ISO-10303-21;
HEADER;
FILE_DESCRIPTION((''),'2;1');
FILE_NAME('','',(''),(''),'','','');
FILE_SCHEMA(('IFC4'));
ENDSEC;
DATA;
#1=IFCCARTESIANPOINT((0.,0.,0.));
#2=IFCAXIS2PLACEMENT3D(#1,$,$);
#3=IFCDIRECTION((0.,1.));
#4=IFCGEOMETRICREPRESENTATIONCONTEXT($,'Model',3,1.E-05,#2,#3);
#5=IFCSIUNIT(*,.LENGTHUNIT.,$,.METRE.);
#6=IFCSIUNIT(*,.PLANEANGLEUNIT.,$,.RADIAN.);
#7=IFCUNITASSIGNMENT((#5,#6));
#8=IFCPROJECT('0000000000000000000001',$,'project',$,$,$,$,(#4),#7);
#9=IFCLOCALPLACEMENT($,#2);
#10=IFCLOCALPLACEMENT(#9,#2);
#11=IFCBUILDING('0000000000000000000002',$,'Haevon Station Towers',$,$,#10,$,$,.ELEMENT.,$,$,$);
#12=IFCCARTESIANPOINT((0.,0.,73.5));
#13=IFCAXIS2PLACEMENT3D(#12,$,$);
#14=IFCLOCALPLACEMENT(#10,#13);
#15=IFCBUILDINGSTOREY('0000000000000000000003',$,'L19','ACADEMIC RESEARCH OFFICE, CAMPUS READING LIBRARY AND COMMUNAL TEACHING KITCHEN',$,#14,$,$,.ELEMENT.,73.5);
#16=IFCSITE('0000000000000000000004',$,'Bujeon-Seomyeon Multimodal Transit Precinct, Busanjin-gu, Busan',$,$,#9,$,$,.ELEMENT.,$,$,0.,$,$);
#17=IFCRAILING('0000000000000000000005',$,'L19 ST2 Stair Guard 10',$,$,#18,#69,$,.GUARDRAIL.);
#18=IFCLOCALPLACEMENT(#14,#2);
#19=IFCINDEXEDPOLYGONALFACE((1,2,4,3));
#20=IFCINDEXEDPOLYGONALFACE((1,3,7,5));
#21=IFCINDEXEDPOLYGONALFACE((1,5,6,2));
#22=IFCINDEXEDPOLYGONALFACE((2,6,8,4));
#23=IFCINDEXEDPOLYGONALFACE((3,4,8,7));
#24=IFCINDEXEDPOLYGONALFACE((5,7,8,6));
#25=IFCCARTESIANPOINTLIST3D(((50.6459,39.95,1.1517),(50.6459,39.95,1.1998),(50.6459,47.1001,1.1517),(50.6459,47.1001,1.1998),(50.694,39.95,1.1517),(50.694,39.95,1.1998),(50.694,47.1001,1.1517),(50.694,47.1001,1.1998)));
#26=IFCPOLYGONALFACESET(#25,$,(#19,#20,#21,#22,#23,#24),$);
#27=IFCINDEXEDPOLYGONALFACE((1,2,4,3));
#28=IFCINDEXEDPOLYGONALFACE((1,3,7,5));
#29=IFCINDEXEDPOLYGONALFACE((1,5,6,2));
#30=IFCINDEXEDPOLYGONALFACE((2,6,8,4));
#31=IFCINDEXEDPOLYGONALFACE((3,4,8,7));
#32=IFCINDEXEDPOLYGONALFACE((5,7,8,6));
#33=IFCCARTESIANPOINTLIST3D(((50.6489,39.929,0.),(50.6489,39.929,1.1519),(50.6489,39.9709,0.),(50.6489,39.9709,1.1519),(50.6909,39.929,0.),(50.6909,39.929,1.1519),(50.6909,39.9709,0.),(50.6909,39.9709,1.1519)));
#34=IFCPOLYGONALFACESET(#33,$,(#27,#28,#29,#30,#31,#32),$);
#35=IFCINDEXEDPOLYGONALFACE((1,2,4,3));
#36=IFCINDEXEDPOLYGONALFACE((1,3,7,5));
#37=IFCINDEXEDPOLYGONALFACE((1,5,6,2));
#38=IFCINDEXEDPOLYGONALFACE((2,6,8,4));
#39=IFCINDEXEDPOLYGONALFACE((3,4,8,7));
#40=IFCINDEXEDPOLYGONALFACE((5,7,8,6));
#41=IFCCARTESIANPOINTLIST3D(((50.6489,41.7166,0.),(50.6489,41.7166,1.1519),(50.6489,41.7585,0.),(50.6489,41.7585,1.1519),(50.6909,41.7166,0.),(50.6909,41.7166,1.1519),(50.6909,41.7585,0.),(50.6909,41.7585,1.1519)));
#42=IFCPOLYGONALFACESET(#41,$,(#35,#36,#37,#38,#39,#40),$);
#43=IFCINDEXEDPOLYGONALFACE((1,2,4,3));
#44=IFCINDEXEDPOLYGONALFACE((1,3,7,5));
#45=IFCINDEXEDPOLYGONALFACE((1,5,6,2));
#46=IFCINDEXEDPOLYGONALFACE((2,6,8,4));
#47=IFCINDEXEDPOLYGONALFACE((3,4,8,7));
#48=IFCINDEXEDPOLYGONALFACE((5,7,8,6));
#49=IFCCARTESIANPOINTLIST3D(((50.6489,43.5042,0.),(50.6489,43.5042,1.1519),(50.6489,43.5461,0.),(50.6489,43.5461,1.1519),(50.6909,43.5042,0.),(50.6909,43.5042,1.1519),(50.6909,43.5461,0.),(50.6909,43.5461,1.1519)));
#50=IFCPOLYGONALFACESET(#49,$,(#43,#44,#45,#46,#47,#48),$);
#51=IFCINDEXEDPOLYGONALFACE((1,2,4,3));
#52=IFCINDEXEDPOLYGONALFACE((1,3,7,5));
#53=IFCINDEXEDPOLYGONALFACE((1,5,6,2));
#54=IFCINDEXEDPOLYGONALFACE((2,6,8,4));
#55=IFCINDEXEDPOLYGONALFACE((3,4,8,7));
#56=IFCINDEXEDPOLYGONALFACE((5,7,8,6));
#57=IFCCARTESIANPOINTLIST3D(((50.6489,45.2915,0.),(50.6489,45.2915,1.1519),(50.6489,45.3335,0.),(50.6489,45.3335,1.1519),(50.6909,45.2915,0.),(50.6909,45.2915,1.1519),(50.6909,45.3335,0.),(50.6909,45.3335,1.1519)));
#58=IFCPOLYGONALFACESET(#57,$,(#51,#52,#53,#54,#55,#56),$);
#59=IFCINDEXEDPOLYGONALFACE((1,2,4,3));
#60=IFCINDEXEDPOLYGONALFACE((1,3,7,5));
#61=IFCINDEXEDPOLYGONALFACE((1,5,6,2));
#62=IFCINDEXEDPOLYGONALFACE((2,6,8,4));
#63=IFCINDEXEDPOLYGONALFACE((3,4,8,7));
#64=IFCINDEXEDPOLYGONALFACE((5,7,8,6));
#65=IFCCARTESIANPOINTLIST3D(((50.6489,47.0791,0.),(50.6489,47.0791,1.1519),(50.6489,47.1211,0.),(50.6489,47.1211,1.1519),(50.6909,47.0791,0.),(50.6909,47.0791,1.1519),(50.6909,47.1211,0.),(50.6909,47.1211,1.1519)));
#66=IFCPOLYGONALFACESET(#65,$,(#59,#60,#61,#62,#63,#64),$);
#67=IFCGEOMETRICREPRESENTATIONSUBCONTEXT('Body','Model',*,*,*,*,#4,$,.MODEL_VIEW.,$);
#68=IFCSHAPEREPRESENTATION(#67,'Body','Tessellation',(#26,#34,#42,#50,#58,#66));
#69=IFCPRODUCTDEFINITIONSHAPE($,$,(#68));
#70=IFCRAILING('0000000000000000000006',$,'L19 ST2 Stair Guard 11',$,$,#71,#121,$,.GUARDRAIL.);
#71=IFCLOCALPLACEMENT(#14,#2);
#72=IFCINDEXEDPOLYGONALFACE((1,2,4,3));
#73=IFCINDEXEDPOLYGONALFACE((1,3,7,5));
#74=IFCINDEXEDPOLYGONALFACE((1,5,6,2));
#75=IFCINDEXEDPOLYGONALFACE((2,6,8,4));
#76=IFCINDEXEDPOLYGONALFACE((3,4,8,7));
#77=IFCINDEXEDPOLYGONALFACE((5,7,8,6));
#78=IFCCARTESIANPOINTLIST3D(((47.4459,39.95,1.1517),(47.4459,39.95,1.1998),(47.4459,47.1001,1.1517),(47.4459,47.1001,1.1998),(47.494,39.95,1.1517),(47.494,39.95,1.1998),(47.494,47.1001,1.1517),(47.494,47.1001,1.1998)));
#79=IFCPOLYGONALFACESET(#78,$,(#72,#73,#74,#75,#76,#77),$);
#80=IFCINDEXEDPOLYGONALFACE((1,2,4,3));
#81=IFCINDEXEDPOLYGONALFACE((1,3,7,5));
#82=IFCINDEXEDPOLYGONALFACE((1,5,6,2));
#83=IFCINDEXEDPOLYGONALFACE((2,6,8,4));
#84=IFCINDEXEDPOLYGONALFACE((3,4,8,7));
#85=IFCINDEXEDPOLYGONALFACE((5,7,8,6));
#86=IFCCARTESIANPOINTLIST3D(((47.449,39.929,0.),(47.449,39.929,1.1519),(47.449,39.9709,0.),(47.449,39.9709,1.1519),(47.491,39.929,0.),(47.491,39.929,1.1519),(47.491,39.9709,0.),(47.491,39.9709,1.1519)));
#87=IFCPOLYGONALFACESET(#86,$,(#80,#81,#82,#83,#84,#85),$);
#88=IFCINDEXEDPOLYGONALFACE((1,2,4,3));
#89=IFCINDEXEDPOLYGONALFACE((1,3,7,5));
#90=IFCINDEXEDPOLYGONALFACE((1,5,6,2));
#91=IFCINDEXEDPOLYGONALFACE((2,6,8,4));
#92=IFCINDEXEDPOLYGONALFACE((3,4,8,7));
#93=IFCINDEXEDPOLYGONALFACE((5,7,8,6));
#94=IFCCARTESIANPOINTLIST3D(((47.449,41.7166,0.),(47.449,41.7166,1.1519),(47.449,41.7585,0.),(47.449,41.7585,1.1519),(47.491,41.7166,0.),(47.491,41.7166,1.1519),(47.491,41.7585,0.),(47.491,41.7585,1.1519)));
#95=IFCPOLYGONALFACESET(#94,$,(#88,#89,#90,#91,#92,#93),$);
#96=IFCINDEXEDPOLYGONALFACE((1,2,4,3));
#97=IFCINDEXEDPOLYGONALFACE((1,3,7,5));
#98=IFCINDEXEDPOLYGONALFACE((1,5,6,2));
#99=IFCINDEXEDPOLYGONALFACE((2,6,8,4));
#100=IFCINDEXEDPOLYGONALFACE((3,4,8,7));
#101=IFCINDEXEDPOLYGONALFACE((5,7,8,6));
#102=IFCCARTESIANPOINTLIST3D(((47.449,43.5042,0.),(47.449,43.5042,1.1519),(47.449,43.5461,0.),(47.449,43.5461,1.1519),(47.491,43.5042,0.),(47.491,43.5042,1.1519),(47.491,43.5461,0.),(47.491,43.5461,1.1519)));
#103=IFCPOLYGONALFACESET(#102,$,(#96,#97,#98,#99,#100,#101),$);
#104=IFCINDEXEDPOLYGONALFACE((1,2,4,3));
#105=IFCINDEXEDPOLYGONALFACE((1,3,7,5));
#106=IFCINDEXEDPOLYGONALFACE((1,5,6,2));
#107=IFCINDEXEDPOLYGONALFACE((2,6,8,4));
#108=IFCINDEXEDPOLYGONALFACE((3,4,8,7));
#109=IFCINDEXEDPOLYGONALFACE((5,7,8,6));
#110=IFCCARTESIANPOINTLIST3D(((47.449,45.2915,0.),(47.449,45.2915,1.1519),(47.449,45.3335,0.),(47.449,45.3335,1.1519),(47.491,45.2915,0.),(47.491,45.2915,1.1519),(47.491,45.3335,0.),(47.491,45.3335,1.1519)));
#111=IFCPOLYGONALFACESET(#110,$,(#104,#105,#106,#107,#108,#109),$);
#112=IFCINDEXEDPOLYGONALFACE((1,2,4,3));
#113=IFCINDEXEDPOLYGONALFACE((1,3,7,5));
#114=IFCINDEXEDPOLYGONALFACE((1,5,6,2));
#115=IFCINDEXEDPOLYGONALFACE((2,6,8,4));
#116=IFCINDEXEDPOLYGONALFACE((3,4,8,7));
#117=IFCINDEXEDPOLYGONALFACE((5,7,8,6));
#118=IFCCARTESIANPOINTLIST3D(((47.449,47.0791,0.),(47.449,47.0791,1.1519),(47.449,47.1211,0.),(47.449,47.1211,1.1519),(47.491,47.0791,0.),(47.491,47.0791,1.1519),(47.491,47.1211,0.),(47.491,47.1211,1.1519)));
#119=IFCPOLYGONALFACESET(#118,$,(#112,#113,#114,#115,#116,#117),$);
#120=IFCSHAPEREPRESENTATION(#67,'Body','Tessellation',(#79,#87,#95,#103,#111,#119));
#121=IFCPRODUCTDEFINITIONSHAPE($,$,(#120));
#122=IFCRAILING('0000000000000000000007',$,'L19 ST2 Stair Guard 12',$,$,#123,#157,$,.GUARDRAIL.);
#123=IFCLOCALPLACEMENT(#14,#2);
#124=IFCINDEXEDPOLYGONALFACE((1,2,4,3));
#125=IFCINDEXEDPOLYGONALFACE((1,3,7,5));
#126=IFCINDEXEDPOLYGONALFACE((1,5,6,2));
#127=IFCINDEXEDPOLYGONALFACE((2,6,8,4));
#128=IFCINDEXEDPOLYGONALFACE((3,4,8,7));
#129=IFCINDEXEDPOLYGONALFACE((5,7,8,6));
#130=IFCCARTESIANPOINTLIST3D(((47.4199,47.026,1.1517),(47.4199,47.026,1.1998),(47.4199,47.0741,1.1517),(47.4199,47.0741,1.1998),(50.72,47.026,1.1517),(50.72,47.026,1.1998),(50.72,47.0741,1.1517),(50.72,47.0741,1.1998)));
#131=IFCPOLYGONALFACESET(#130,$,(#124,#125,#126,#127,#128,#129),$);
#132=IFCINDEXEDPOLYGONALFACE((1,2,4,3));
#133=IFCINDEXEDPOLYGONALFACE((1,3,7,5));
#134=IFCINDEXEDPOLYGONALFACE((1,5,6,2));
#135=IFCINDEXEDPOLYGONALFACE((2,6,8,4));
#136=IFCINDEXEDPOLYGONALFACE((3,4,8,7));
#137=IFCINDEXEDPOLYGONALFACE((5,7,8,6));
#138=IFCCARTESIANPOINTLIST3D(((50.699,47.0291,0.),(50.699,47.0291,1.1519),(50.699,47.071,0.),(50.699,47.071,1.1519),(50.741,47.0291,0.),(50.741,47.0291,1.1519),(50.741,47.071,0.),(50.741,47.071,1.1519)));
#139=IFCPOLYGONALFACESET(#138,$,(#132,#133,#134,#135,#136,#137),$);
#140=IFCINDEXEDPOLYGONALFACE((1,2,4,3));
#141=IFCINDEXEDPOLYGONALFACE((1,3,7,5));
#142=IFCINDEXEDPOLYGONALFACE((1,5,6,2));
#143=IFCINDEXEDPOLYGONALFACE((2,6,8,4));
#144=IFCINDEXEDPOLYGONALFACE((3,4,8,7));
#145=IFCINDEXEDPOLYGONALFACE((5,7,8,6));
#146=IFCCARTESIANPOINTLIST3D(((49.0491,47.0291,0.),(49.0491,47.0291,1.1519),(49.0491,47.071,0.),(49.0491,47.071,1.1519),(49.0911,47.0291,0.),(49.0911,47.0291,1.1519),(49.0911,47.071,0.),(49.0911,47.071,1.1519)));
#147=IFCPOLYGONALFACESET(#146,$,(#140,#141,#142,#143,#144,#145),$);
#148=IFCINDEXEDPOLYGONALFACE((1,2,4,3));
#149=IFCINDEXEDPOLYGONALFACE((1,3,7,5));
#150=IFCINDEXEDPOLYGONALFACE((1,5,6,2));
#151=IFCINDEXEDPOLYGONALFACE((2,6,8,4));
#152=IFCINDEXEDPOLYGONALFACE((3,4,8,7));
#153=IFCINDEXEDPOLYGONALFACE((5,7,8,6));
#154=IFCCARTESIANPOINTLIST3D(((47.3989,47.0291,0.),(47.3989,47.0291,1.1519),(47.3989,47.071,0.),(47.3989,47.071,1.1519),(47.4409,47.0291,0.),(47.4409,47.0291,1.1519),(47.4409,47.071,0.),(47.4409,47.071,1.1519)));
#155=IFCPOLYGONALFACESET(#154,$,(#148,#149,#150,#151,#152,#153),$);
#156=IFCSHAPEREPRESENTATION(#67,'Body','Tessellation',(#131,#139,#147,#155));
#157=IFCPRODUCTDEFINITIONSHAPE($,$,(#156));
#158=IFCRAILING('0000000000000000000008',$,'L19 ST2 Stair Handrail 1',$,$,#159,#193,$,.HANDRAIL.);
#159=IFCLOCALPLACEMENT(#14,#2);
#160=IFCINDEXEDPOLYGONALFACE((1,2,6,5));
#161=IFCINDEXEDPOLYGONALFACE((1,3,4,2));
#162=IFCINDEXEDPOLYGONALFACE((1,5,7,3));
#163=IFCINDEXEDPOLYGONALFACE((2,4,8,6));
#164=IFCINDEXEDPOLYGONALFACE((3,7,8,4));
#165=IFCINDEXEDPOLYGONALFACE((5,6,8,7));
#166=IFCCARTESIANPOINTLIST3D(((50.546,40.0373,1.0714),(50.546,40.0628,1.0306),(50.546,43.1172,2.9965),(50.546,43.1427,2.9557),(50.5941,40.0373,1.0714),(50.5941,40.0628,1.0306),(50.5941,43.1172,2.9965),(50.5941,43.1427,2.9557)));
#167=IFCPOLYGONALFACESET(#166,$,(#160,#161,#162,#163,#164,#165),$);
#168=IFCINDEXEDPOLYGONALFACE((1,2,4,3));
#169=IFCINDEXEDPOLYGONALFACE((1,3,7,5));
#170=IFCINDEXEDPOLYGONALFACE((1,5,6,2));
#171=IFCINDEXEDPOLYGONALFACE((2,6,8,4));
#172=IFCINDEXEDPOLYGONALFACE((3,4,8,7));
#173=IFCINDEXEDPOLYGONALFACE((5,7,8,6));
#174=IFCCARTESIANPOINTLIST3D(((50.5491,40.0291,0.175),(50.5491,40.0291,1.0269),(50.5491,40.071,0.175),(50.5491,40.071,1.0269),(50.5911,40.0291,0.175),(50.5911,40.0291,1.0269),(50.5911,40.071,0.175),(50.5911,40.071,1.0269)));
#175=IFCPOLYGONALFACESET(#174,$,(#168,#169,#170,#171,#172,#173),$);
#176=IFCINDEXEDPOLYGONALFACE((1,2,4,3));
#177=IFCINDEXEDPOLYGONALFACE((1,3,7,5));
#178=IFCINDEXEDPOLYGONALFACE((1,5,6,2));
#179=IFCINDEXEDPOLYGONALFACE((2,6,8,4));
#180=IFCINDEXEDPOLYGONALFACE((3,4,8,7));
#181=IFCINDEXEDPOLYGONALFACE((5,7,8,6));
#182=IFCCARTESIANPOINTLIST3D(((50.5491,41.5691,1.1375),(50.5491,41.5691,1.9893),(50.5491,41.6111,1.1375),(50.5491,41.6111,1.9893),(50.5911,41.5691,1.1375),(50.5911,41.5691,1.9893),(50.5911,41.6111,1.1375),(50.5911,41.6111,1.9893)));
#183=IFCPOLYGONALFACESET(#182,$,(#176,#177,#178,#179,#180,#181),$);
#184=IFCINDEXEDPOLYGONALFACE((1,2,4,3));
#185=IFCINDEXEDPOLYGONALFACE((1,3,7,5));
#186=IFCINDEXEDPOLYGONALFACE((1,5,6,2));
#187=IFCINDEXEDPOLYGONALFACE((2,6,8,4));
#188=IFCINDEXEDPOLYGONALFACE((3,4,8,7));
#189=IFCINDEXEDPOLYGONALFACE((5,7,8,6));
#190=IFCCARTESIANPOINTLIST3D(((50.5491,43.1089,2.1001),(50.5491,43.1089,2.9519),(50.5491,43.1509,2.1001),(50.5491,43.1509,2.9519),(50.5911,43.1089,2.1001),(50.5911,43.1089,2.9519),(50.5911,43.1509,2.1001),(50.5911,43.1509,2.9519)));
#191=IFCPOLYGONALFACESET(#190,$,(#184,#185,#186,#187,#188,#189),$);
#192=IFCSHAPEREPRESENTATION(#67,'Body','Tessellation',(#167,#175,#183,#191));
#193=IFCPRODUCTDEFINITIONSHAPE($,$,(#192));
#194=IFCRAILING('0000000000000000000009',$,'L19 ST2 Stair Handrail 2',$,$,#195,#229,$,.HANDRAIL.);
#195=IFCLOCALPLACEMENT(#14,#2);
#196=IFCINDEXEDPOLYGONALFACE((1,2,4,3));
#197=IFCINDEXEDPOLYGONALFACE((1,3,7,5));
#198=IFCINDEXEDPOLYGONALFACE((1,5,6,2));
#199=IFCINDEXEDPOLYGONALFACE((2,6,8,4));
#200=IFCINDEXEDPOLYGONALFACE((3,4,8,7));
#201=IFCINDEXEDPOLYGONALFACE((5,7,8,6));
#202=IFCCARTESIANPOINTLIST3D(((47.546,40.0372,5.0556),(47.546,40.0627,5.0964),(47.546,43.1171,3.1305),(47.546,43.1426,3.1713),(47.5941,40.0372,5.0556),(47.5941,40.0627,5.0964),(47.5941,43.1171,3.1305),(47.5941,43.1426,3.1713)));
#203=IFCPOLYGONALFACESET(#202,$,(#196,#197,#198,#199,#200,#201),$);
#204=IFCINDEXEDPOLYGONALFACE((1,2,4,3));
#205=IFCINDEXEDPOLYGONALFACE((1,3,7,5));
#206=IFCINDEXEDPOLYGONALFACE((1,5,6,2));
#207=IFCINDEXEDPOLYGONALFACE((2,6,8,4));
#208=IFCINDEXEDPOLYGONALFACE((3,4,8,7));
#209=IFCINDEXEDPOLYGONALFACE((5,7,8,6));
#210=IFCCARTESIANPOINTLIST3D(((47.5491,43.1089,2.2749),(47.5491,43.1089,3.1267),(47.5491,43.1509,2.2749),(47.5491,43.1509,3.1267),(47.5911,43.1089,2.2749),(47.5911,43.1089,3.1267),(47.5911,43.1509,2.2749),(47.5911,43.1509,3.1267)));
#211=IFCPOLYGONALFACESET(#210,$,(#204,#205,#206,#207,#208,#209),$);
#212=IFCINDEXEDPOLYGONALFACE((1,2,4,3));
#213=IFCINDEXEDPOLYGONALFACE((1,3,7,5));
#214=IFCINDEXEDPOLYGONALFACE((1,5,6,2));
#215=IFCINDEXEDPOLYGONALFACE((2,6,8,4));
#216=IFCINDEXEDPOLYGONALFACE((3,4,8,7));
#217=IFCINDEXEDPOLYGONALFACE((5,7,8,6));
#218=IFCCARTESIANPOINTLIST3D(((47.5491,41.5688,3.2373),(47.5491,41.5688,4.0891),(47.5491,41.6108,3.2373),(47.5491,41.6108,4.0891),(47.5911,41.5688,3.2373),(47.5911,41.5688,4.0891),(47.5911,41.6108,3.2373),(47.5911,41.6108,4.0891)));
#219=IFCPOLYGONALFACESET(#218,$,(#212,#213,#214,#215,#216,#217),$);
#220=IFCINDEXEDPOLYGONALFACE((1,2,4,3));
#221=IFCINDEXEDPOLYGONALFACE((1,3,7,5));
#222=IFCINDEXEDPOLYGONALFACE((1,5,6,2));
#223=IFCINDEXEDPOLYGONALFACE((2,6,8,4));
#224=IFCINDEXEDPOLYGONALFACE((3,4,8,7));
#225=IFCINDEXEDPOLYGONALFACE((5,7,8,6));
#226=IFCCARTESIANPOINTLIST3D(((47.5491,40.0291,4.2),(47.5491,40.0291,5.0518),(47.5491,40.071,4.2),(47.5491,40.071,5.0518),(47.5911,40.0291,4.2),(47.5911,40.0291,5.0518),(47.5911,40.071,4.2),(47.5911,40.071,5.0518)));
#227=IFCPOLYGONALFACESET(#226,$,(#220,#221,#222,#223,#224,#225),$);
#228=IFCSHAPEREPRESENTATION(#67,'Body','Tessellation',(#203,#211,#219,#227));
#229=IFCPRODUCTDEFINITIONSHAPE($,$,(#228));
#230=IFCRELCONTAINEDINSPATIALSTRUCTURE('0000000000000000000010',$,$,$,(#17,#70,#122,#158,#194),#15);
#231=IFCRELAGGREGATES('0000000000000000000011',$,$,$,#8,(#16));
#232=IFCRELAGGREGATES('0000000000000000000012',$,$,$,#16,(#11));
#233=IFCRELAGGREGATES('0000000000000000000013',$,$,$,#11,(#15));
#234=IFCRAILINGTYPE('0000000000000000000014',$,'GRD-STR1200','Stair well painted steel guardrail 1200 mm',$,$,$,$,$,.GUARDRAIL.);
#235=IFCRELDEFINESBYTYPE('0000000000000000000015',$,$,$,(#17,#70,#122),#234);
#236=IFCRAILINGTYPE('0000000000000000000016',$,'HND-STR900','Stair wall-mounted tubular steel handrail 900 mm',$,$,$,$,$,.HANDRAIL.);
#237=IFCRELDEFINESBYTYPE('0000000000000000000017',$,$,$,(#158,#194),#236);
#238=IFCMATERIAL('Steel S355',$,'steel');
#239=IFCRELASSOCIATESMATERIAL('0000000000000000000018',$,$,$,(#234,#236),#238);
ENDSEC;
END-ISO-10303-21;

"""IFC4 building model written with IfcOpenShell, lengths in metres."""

from ifc_helpers import new_model, si_unit, direction, frame, origin, origin_2d, place, context, subcontext, project, spatial, rectangle, extrude, material, type_object, element, save


model = new_model("IFC4")

# Units and contexts
model_context = context("Model", 3, precision=1e-05, world=origin(), true_north=direction((0.0, 1.0)))
body_context = subcontext(model_context, "Body", "Model", "MODEL_VIEW")
ifc_project = project(units=[si_unit("LENGTHUNIT", "METRE"), si_unit("PLANEANGLEUNIT", "RADIAN")], contexts=[model_context])

# Site, building, storey
site_placement = place(None, origin())
site = spatial("IfcSite", under=ifc_project, at=site_placement, Name="Bujeon-Seomyeon Multimodal Transit Precinct, Busanjin-gu, Busan", CompositionType="ELEMENT", RefElevation=0.0)
building_placement = place(site_placement, origin())
building = spatial("IfcBuilding", under=site, at=building_placement, Name="Haevon Station Towers", CompositionType="ELEMENT")
storey_placement = place(building_placement, frame((0.0, 0.0, 73.5)))
storey = spatial("IfcBuildingStorey", under=building, at=storey_placement, Name="L19", Description="ACADEMIC RESEARCH OFFICE, CAMPUS READING LIBRARY AND COMMUNAL TEACHING KITCHEN", CompositionType="ELEMENT", Elevation=73.5)

# Shared definitions
ifc_material_1 = material(Name="Steel S355", Category="steel")

# Railings
railing_type_1 = type_object("IfcRailingType", Name="GRD-STR1200", Description="Stair well painted steel guardrail 1200 mm", PredefinedType="GUARDRAIL", material=ifc_material_1)
for number, where, name in (
    (1, (50.6699, 39.95, 0.0), "L19 ST2 Stair Guard 10"),
    (2, (47.47, 39.95, 0.0), "L19 ST2 Stair Guard 11"),
):
    element("IfcRailing", number, at=place(storey_placement, frame(where)), inside=storey, type_object=railing_type_1, Name=name, PredefinedType="GUARDRAIL", context=body_context, shape_type="SweptSolid", body=[
        extrude(rectangle(XDim=0.0481, YDim=0.0481, at=origin_2d()), frame((0.0, 0.0, 1.1758), z_axis=(0.0, 1.0, 0.0), x_axis=(-1.0, 0.0, 0.0)), (0.0, 0.0, 1.0), 7.1501),
        extrude(rectangle(XDim=0.042, YDim=0.042, at=origin_2d()), origin(), (0.0, 0.0, 1.0), 1.1519),
        extrude(rectangle(XDim=0.042, YDim=0.042, at=origin_2d()), frame((0.0, 1.7876, 0.0)), (0.0, 0.0, 1.0), 1.1519),
        extrude(rectangle(XDim=0.042, YDim=0.042, at=origin_2d()), frame((0.0, 3.5752, 0.0)), (0.0, 0.0, 1.0), 1.1519),
        extrude(rectangle(XDim=0.042, YDim=0.042, at=origin_2d()), frame((0.0, 5.3625, 0.0)), (0.0, 0.0, 1.0), 1.1519),
        extrude(rectangle(XDim=0.042, YDim=0.042, at=origin_2d()), frame((0.0, 7.1501, 0.0)), (0.0, 0.0, 1.0), 1.1519),
    ])
railing_1_placement = place(storey_placement, frame((50.72, 47.05, 0.0)))
element("IfcRailing", 3, at=railing_1_placement, inside=storey, type_object=railing_type_1, Name="L19 ST2 Stair Guard 12", PredefinedType="GUARDRAIL", context=body_context, shape_type="SweptSolid", body=[
    extrude(rectangle(XDim=0.0481, YDim=0.0481, at=origin_2d()), frame((0.0, 0.0, 1.1758), z_axis=(-1.0, 0.0, 0.0), x_axis=(0.0, -1.0, 0.0)), (0.0, 0.0, 1.0), 3.3),
    extrude(rectangle(XDim=0.042, YDim=0.042, at=origin_2d()), origin(), (0.0, 0.0, 1.0), 1.1519),
    extrude(rectangle(XDim=0.042, YDim=0.042, at=origin_2d()), frame((-1.6499, 0.0, 0.0)), (0.0, 0.0, 1.0), 1.1519),
    extrude(rectangle(XDim=0.042, YDim=0.042, at=origin_2d()), frame((-3.3, 0.0, 0.0)), (0.0, 0.0, 1.0), 1.1519),
])
railing_type_2 = type_object("IfcRailingType", Name="HND-STR900", Description="Stair wall-mounted tubular steel handrail 900 mm", PredefinedType="HANDRAIL", material=ifc_material_1)
railing_2_placement = place(storey_placement, frame((50.5701, 40.05, 0.175)))
element("IfcRailing", 4, at=railing_2_placement, inside=storey, type_object=railing_type_2, Name="L19 ST2 Stair Handrail 1", PredefinedType="HANDRAIL", context=body_context, shape_type="SweptSolid", body=[
    extrude(rectangle(XDim=0.0481, YDim=0.0481, at=origin_2d()), frame((0.0, 0.0, 0.876), z_axis=(0.0, 0.847979, 0.530029), x_axis=(-1.0, 0.0, 0.0)), (0.0, 0.0, 1.0), 3.6321),
    extrude(rectangle(XDim=0.042, YDim=0.042, at=origin_2d()), origin(), (0.0, 0.0, 1.0), 0.8518),
    extrude(rectangle(XDim=0.042, YDim=0.042, at=origin_2d()), frame((0.0, 1.54, 0.9624)), (0.0, 0.0, 1.0), 0.8518),
    extrude(rectangle(XDim=0.042, YDim=0.042, at=origin_2d()), frame((0.0, 3.0798, 1.925)), (0.0, 0.0, 1.0), 0.8518),
])
railing_3_placement = place(storey_placement, frame((47.5701, 43.1299, 2.2749)))
element("IfcRailing", 5, at=railing_3_placement, inside=storey, type_object=railing_type_2, Name="L19 ST2 Stair Handrail 2", PredefinedType="HANDRAIL", context=body_context, shape_type="SweptSolid", body=[
    extrude(rectangle(XDim=0.0481, YDim=0.0481, at=origin_2d()), frame((0.0, 0.0, 0.876), z_axis=(0.0, -0.847979, 0.530029), x_axis=(1.0, 0.0, 0.0)), (0.0, 0.0, 1.0), 3.6321),
    extrude(rectangle(XDim=0.042, YDim=0.042, at=origin_2d()), origin(), (0.0, 0.0, 1.0), 0.8518),
    extrude(rectangle(XDim=0.042, YDim=0.042, at=origin_2d()), frame((0.0, -1.54, 0.9624)), (0.0, 0.0, 1.0), 0.8518),
    extrude(rectangle(XDim=0.042, YDim=0.042, at=origin_2d()), frame((0.0, -3.0798, 1.925)), (0.0, 0.0, 1.0), 0.8518),
])

save(model, "model.ifc")
